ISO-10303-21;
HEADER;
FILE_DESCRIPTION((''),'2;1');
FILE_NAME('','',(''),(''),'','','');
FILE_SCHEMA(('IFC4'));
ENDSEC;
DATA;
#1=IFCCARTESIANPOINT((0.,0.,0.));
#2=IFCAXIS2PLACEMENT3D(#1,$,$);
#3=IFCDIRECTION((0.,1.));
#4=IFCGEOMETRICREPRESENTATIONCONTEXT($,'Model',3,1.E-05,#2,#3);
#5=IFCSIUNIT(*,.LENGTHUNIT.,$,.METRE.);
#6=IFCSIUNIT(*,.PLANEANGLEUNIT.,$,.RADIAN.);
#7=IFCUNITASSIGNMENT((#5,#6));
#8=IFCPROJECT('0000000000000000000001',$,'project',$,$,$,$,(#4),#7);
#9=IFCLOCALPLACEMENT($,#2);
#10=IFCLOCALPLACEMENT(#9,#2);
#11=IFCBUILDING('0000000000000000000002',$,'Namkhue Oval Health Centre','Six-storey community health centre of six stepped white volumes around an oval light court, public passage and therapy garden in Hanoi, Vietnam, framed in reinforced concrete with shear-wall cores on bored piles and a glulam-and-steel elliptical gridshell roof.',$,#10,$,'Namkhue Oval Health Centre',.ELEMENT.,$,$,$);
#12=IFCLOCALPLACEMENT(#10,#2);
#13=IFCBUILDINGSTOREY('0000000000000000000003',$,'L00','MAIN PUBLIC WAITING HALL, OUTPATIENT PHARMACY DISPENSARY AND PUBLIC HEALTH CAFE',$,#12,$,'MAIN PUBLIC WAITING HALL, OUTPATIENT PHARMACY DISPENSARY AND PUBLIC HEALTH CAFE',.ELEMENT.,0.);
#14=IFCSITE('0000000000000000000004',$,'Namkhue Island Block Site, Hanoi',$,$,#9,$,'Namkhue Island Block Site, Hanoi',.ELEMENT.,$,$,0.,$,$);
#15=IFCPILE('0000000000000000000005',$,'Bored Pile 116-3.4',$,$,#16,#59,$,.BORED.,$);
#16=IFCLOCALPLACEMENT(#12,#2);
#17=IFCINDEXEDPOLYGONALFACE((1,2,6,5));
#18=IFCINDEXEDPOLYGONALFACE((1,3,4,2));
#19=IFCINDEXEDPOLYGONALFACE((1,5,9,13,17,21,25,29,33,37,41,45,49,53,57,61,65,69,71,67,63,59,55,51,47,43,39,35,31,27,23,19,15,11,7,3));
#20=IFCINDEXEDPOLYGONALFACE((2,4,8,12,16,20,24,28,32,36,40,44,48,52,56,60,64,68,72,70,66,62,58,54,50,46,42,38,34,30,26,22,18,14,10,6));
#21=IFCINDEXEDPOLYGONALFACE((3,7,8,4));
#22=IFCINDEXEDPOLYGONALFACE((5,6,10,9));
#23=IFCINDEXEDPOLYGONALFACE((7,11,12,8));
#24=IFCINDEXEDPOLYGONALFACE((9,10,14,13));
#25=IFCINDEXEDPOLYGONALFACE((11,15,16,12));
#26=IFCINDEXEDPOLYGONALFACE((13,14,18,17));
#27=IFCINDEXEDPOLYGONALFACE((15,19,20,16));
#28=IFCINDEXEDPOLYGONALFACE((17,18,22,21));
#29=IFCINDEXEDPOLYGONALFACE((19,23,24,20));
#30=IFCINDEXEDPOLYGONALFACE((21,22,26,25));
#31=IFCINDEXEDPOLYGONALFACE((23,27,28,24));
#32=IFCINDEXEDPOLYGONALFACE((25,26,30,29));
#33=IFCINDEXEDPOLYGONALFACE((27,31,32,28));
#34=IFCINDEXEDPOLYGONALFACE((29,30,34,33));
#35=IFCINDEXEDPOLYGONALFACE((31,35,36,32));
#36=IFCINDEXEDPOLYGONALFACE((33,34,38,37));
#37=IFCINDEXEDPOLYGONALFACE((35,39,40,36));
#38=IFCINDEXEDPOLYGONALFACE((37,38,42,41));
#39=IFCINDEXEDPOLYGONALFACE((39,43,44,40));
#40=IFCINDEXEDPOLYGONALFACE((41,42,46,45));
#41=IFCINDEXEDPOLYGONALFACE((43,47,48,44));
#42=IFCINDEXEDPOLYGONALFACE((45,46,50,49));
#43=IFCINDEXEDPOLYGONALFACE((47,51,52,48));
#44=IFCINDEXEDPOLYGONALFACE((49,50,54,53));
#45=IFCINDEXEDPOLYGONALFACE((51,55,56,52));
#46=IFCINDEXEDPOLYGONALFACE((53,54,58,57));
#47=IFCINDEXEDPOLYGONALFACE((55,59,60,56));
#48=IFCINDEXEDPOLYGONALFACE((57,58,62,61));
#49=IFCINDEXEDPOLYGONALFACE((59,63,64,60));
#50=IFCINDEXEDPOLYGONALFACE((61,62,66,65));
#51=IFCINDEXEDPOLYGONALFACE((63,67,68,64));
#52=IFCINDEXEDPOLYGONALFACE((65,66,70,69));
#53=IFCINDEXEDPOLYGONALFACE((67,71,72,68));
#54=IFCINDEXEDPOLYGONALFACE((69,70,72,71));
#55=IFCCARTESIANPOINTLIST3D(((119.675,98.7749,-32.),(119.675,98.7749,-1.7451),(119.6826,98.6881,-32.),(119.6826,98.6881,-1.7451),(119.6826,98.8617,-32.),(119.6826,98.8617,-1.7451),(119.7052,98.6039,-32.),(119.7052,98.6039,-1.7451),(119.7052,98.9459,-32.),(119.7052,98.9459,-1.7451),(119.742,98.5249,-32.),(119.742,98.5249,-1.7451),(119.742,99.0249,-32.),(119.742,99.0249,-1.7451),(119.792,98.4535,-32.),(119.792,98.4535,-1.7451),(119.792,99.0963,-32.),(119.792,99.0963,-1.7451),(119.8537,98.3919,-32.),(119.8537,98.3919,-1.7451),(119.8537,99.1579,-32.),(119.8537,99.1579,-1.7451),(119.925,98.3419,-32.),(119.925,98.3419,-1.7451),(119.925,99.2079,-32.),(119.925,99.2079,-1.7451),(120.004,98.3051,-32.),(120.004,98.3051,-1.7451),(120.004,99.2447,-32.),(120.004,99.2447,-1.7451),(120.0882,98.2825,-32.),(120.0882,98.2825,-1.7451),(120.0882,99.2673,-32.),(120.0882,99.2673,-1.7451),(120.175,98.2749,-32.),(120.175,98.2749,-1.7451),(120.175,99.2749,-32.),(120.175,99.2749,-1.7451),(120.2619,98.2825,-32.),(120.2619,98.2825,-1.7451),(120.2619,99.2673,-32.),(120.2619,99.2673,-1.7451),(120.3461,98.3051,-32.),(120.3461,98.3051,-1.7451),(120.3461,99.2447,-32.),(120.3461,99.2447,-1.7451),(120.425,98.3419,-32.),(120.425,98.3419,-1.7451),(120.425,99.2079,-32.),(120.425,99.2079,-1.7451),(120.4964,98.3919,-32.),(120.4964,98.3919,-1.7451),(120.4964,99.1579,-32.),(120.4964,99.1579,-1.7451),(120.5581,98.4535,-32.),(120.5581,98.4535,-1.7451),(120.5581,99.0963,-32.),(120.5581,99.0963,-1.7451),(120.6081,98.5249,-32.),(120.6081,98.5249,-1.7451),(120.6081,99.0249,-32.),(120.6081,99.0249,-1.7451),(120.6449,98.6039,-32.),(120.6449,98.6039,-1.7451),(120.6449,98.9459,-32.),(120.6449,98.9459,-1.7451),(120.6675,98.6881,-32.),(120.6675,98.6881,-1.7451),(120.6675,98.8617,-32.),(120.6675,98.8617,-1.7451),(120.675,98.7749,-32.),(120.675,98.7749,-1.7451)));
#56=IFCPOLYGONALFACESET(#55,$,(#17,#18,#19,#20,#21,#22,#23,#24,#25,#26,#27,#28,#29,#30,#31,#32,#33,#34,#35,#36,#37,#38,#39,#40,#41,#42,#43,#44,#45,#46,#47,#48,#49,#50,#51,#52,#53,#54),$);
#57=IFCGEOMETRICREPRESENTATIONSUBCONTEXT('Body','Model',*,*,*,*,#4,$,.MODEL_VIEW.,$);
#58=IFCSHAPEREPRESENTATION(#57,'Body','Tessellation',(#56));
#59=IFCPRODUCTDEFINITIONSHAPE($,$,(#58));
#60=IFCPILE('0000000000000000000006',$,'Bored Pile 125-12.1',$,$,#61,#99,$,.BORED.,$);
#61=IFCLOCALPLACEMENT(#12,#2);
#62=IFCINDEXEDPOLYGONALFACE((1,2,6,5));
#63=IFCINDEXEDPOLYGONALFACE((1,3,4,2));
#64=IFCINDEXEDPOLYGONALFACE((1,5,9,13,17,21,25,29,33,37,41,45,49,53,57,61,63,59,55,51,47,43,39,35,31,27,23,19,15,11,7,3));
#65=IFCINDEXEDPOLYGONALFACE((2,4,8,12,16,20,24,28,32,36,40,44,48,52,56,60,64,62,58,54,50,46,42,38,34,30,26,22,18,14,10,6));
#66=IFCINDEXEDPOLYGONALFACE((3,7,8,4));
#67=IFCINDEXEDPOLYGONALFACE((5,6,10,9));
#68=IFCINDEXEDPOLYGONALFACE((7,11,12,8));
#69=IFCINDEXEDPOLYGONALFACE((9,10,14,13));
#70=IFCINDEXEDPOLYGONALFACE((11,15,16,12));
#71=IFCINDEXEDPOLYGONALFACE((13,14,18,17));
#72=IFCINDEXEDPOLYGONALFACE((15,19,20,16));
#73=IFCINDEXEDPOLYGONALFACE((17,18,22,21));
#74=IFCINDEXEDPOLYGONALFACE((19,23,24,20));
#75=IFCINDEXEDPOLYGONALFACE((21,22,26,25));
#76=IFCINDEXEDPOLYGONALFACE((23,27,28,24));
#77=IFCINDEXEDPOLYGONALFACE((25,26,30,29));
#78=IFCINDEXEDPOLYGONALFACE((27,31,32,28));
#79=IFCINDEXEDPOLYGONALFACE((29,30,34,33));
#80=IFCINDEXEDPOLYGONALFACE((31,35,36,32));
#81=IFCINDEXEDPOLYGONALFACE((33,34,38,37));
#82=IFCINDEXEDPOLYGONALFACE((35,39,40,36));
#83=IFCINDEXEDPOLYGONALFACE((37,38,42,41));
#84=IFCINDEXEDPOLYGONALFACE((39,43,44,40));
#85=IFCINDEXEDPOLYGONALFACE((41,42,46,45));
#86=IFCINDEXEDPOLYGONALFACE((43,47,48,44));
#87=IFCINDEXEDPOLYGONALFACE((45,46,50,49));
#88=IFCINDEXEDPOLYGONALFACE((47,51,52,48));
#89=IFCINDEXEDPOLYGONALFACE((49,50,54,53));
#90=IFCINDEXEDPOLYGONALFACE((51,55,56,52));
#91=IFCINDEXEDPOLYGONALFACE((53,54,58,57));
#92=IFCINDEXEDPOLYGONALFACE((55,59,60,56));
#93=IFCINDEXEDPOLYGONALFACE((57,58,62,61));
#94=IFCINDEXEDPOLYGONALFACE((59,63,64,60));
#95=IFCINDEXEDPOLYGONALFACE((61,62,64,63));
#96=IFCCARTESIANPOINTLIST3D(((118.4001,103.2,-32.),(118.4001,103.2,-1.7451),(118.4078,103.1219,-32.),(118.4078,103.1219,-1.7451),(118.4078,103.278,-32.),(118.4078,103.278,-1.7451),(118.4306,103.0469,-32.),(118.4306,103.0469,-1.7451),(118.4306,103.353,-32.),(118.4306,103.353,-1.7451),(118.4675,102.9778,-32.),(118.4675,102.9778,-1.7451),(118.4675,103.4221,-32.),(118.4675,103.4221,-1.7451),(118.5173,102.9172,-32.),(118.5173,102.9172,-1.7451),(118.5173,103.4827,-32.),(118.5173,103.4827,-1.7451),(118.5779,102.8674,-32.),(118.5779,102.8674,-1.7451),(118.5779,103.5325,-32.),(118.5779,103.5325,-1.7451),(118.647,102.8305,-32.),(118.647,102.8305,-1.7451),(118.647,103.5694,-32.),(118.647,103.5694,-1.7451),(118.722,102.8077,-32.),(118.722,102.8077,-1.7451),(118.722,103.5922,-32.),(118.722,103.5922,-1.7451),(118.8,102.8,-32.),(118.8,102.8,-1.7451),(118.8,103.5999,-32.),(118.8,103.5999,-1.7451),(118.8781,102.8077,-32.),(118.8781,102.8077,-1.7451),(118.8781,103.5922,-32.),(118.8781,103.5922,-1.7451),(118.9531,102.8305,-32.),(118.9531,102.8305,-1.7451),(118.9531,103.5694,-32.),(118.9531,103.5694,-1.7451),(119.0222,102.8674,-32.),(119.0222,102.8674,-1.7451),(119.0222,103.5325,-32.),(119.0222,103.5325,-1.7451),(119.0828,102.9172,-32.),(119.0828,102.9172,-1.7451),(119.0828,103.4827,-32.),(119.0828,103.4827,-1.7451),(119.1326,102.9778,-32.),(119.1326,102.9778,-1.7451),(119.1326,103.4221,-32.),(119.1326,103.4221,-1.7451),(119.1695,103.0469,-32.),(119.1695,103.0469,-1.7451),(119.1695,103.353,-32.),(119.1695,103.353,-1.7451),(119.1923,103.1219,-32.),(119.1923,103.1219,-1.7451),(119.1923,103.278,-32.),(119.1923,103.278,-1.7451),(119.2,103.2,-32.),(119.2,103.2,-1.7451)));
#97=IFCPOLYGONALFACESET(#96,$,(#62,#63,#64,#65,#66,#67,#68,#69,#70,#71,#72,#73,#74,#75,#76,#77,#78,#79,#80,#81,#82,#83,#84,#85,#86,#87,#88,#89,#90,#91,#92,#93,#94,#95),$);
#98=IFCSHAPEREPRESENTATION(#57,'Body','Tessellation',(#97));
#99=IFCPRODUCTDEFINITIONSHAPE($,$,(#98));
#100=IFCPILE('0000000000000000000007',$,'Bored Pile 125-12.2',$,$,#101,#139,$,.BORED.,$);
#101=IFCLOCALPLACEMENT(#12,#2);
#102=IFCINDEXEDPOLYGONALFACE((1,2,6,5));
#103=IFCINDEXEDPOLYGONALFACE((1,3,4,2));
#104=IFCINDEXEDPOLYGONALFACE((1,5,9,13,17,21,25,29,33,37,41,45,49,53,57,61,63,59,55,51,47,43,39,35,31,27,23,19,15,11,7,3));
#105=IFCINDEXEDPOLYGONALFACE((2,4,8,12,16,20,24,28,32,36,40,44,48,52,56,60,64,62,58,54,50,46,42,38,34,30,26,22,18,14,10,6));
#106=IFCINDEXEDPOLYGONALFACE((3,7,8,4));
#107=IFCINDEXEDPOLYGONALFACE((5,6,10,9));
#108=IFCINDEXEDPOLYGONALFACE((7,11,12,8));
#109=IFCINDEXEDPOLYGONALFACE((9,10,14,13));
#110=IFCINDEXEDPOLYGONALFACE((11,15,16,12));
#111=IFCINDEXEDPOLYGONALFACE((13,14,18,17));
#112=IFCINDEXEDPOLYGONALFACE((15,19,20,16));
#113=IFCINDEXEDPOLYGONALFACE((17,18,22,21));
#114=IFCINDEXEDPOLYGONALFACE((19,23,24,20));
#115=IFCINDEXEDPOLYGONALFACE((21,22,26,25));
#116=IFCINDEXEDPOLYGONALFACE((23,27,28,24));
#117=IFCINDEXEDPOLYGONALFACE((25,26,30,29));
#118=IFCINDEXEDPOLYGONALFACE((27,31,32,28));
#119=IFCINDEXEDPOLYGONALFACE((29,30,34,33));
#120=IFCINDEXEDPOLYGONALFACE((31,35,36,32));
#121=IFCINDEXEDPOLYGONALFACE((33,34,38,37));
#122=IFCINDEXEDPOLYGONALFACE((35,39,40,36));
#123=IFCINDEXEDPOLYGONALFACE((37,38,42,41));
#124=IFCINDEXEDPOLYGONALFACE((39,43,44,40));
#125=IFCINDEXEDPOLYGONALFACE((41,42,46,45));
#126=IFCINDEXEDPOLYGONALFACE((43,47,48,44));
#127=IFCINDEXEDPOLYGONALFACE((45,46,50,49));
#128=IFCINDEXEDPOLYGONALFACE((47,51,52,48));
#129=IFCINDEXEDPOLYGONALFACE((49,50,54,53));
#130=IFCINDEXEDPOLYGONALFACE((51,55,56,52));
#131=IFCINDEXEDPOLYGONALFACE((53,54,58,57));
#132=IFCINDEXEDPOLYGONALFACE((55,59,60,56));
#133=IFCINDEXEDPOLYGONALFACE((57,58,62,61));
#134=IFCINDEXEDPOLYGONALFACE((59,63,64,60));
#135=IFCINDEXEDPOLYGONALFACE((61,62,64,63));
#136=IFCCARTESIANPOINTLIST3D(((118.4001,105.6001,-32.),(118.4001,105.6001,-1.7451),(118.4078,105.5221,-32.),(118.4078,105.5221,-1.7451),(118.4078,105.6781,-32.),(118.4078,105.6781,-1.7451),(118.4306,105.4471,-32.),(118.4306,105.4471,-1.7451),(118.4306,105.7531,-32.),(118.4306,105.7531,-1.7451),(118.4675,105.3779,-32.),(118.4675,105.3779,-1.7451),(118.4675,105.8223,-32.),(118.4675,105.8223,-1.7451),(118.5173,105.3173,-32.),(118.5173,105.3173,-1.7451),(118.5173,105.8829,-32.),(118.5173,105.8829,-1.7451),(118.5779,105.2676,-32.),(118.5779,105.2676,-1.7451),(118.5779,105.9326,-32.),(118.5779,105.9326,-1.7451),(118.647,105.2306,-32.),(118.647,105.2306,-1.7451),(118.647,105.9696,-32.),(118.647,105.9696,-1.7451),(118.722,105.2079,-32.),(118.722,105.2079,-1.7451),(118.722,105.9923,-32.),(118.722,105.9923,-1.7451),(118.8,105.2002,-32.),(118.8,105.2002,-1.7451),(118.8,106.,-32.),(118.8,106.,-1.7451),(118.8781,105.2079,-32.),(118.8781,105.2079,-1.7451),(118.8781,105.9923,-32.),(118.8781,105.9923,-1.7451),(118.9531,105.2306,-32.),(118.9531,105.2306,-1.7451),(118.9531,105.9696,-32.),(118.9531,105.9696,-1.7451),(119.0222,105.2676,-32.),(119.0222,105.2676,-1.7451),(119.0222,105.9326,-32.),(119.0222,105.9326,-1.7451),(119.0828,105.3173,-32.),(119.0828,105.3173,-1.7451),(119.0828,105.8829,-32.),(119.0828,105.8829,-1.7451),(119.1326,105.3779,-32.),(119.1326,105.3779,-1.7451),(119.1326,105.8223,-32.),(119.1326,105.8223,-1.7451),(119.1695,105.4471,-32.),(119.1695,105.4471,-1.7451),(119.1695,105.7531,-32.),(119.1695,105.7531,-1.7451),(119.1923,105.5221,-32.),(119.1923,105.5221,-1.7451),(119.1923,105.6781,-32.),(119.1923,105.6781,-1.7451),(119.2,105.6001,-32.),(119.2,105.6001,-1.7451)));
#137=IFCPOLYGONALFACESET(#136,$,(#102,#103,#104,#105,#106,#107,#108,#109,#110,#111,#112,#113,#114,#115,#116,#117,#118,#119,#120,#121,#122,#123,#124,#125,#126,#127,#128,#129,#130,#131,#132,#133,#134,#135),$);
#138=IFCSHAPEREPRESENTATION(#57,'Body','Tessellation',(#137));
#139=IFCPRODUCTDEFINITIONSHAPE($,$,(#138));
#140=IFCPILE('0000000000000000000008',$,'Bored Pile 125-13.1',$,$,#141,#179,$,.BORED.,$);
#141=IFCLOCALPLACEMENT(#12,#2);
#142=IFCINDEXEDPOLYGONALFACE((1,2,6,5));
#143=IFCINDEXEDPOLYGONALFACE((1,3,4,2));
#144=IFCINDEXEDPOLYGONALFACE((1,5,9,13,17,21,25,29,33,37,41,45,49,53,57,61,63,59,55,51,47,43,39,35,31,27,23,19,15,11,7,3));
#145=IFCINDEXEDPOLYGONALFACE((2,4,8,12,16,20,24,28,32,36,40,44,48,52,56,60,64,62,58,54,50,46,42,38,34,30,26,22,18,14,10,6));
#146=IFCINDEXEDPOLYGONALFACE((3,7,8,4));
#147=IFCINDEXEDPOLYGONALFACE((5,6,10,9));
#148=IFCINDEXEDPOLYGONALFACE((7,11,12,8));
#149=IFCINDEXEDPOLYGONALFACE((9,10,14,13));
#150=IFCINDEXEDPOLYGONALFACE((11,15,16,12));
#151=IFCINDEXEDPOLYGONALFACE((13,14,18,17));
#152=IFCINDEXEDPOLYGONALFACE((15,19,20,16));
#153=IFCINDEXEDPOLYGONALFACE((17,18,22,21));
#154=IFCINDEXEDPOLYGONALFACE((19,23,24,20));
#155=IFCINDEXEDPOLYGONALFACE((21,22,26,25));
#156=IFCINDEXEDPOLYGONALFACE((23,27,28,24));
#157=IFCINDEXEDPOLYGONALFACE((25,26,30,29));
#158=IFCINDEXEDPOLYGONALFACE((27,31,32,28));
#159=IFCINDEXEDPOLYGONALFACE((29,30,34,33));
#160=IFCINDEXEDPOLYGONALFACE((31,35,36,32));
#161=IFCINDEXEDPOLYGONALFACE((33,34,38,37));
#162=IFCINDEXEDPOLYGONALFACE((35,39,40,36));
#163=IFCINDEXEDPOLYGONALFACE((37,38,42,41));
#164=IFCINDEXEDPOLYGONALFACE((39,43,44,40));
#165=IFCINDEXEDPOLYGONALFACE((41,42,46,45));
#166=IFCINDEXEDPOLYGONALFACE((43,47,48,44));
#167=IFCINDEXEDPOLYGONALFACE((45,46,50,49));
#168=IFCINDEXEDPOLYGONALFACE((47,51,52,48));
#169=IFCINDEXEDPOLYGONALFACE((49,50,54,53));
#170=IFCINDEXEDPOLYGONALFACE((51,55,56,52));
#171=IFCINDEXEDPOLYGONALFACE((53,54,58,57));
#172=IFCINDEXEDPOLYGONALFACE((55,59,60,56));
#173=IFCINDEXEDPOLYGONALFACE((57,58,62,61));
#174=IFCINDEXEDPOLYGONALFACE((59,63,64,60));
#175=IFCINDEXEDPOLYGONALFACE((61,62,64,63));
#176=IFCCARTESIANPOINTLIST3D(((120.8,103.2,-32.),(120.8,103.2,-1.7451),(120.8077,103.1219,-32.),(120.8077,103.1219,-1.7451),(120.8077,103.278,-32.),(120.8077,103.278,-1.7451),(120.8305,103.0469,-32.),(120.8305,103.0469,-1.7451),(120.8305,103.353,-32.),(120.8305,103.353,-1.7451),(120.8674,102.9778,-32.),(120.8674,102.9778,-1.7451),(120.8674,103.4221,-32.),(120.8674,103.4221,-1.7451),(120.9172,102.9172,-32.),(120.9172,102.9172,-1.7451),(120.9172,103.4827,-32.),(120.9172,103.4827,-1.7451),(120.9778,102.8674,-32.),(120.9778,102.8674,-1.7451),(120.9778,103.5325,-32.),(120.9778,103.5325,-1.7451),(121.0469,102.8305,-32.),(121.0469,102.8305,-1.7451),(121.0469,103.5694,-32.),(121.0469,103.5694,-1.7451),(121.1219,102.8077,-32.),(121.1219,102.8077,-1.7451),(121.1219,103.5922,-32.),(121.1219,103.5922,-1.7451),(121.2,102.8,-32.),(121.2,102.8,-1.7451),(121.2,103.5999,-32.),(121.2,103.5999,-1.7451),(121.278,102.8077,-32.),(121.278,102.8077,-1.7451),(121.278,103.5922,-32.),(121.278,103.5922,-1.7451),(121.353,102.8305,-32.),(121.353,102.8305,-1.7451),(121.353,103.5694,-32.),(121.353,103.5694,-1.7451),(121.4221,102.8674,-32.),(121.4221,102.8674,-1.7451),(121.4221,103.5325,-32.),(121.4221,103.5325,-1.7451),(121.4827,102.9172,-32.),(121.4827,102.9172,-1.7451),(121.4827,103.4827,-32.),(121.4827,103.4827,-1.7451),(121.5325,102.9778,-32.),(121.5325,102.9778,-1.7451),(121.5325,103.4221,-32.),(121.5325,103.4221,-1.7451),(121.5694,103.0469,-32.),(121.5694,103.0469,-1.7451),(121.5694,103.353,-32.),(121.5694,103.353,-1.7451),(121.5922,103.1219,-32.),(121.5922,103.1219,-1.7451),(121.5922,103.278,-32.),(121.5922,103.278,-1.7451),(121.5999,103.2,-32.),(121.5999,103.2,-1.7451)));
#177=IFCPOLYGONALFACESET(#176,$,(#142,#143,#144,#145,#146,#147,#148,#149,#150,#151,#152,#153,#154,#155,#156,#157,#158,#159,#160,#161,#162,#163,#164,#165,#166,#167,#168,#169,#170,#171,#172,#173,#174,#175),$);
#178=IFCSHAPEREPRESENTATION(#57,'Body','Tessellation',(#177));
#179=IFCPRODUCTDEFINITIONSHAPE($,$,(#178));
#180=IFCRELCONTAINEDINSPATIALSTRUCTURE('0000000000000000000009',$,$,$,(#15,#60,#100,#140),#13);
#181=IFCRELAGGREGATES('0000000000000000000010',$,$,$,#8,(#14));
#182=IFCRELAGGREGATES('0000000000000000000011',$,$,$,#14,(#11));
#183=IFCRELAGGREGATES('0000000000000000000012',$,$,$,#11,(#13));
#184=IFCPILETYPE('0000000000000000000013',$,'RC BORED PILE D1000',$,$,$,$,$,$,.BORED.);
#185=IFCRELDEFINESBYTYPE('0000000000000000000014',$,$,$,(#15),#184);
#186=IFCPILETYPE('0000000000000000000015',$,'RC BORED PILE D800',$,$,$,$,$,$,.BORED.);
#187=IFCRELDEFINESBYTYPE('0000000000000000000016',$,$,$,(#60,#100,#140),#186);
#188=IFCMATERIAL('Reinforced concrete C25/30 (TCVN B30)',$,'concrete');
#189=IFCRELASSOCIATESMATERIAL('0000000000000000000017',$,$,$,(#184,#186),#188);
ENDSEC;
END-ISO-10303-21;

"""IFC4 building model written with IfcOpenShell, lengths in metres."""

from ifc_helpers import new_model, si_unit, direction, frame, origin, origin_2d, place, context, subcontext, project, spatial, circle, extrude, material, material_profile, profile_set, type_object, element, save


model = new_model("IFC4")

# Units and contexts
model_context = context("Model", 3, precision=1e-05, world=origin(), true_north=direction((0.0, 1.0)))
body_context = subcontext(model_context, "Body", "Model", "MODEL_VIEW")
ifc_project = project(units=[si_unit("LENGTHUNIT", "METRE"), si_unit("PLANEANGLEUNIT", "RADIAN")], contexts=[model_context])

# Site, building, storey
site_placement = place(None, origin())
site = spatial("IfcSite", under=ifc_project, at=site_placement, Name="Namkhue Island Block Site, Hanoi", LongName="Namkhue Island Block Site, Hanoi", CompositionType="ELEMENT", RefElevation=0.0)
building_placement = place(site_placement, origin())
building = spatial("IfcBuilding", under=site, at=building_placement, Name="Namkhue Oval Health Centre", Description="Six-storey community health centre of six stepped white volumes around an oval light court, public passage and therapy garden in Hanoi, Vietnam, framed in reinforced concrete with shear-wall cores on bored piles and a glulam-and-steel elliptical gridshell roof.", LongName="Namkhue Oval Health Centre", CompositionType="ELEMENT")
storey_placement = place(building_placement, origin())
storey = spatial("IfcBuildingStorey", under=building, at=storey_placement, Name="L00", Description="MAIN PUBLIC WAITING HALL, OUTPATIENT PHARMACY DISPENSARY AND PUBLIC HEALTH CAFE", LongName="MAIN PUBLIC WAITING HALL, OUTPATIENT PHARMACY DISPENSARY AND PUBLIC HEALTH CAFE", CompositionType="ELEMENT", Elevation=0.0)

# Piles
ifc_material_1 = material(Name="Reinforced concrete C25/30 (TCVN B30)", Category="concrete")
ifc_material_profile_1 = material_profile(ifc_material_1, circle(Radius=0.5, at=origin_2d()), Name="BORED PILE D1000")
ifc_profile_set_1 = profile_set([ifc_material_profile_1], Name="Reinforced concrete C25/30 (TCVN B30)")
pile_type_1 = type_object("IfcPileType", Name="RC BORED PILE D1000", PredefinedType="BORED", material=ifc_profile_set_1)
pile_placement = place(storey_placement, frame((120.175, 98.7749, -1.7451), z_axis=(0.0, 0.0, -1.0), x_axis=(1.0, 0.0, 0.0)))
element("IfcPile", 1, at=pile_placement, inside=storey, type_object=pile_type_1, Name="Bored Pile 116-3.4", PredefinedType="BORED", context=body_context, shape_type="SweptSolid", body=[
    extrude(circle(Radius=0.5, at=origin_2d()), origin(), (0.0, 0.0, 1.0), 30.2549),
])
ifc_material_profile_2 = material_profile(ifc_material_1, circle(Radius=0.3999, at=origin_2d()), Name="BORED PILE D800")
ifc_profile_set_2 = profile_set([ifc_material_profile_2], Name="Reinforced concrete C25/30 (TCVN B30)")
pile_type_2 = type_object("IfcPileType", Name="RC BORED PILE D800", PredefinedType="BORED", material=ifc_profile_set_2)
for number, where, z_axis, x_axis, name in (
    (2, (118.8, 103.2, -1.7451), (0.0, 0.0, -1.0), (1.0, 0.0, 0.0), "Bored Pile 125-12.1"),
    (3, (118.8, 105.6001, -1.7451), (0.0, 0.0, -1.0), (1.0, 0.0, 0.0), "Bored Pile 125-12.2"),
    (4, (121.2, 103.2, -1.7451), (0.0, 0.0, -1.0), (1.0, 0.0, 0.0), "Bored Pile 125-13.1"),
):
    element("IfcPile", number, at=place(storey_placement, frame(where, z_axis=z_axis, x_axis=x_axis)), inside=storey, type_object=pile_type_2, Name=name, PredefinedType="BORED", context=body_context, shape_type="SweptSolid", body=[
        extrude(circle(Radius=0.3999, at=origin_2d()), origin(), (0.0, 0.0, 1.0), 30.2549),
    ])

save(model, "model.ifc")
